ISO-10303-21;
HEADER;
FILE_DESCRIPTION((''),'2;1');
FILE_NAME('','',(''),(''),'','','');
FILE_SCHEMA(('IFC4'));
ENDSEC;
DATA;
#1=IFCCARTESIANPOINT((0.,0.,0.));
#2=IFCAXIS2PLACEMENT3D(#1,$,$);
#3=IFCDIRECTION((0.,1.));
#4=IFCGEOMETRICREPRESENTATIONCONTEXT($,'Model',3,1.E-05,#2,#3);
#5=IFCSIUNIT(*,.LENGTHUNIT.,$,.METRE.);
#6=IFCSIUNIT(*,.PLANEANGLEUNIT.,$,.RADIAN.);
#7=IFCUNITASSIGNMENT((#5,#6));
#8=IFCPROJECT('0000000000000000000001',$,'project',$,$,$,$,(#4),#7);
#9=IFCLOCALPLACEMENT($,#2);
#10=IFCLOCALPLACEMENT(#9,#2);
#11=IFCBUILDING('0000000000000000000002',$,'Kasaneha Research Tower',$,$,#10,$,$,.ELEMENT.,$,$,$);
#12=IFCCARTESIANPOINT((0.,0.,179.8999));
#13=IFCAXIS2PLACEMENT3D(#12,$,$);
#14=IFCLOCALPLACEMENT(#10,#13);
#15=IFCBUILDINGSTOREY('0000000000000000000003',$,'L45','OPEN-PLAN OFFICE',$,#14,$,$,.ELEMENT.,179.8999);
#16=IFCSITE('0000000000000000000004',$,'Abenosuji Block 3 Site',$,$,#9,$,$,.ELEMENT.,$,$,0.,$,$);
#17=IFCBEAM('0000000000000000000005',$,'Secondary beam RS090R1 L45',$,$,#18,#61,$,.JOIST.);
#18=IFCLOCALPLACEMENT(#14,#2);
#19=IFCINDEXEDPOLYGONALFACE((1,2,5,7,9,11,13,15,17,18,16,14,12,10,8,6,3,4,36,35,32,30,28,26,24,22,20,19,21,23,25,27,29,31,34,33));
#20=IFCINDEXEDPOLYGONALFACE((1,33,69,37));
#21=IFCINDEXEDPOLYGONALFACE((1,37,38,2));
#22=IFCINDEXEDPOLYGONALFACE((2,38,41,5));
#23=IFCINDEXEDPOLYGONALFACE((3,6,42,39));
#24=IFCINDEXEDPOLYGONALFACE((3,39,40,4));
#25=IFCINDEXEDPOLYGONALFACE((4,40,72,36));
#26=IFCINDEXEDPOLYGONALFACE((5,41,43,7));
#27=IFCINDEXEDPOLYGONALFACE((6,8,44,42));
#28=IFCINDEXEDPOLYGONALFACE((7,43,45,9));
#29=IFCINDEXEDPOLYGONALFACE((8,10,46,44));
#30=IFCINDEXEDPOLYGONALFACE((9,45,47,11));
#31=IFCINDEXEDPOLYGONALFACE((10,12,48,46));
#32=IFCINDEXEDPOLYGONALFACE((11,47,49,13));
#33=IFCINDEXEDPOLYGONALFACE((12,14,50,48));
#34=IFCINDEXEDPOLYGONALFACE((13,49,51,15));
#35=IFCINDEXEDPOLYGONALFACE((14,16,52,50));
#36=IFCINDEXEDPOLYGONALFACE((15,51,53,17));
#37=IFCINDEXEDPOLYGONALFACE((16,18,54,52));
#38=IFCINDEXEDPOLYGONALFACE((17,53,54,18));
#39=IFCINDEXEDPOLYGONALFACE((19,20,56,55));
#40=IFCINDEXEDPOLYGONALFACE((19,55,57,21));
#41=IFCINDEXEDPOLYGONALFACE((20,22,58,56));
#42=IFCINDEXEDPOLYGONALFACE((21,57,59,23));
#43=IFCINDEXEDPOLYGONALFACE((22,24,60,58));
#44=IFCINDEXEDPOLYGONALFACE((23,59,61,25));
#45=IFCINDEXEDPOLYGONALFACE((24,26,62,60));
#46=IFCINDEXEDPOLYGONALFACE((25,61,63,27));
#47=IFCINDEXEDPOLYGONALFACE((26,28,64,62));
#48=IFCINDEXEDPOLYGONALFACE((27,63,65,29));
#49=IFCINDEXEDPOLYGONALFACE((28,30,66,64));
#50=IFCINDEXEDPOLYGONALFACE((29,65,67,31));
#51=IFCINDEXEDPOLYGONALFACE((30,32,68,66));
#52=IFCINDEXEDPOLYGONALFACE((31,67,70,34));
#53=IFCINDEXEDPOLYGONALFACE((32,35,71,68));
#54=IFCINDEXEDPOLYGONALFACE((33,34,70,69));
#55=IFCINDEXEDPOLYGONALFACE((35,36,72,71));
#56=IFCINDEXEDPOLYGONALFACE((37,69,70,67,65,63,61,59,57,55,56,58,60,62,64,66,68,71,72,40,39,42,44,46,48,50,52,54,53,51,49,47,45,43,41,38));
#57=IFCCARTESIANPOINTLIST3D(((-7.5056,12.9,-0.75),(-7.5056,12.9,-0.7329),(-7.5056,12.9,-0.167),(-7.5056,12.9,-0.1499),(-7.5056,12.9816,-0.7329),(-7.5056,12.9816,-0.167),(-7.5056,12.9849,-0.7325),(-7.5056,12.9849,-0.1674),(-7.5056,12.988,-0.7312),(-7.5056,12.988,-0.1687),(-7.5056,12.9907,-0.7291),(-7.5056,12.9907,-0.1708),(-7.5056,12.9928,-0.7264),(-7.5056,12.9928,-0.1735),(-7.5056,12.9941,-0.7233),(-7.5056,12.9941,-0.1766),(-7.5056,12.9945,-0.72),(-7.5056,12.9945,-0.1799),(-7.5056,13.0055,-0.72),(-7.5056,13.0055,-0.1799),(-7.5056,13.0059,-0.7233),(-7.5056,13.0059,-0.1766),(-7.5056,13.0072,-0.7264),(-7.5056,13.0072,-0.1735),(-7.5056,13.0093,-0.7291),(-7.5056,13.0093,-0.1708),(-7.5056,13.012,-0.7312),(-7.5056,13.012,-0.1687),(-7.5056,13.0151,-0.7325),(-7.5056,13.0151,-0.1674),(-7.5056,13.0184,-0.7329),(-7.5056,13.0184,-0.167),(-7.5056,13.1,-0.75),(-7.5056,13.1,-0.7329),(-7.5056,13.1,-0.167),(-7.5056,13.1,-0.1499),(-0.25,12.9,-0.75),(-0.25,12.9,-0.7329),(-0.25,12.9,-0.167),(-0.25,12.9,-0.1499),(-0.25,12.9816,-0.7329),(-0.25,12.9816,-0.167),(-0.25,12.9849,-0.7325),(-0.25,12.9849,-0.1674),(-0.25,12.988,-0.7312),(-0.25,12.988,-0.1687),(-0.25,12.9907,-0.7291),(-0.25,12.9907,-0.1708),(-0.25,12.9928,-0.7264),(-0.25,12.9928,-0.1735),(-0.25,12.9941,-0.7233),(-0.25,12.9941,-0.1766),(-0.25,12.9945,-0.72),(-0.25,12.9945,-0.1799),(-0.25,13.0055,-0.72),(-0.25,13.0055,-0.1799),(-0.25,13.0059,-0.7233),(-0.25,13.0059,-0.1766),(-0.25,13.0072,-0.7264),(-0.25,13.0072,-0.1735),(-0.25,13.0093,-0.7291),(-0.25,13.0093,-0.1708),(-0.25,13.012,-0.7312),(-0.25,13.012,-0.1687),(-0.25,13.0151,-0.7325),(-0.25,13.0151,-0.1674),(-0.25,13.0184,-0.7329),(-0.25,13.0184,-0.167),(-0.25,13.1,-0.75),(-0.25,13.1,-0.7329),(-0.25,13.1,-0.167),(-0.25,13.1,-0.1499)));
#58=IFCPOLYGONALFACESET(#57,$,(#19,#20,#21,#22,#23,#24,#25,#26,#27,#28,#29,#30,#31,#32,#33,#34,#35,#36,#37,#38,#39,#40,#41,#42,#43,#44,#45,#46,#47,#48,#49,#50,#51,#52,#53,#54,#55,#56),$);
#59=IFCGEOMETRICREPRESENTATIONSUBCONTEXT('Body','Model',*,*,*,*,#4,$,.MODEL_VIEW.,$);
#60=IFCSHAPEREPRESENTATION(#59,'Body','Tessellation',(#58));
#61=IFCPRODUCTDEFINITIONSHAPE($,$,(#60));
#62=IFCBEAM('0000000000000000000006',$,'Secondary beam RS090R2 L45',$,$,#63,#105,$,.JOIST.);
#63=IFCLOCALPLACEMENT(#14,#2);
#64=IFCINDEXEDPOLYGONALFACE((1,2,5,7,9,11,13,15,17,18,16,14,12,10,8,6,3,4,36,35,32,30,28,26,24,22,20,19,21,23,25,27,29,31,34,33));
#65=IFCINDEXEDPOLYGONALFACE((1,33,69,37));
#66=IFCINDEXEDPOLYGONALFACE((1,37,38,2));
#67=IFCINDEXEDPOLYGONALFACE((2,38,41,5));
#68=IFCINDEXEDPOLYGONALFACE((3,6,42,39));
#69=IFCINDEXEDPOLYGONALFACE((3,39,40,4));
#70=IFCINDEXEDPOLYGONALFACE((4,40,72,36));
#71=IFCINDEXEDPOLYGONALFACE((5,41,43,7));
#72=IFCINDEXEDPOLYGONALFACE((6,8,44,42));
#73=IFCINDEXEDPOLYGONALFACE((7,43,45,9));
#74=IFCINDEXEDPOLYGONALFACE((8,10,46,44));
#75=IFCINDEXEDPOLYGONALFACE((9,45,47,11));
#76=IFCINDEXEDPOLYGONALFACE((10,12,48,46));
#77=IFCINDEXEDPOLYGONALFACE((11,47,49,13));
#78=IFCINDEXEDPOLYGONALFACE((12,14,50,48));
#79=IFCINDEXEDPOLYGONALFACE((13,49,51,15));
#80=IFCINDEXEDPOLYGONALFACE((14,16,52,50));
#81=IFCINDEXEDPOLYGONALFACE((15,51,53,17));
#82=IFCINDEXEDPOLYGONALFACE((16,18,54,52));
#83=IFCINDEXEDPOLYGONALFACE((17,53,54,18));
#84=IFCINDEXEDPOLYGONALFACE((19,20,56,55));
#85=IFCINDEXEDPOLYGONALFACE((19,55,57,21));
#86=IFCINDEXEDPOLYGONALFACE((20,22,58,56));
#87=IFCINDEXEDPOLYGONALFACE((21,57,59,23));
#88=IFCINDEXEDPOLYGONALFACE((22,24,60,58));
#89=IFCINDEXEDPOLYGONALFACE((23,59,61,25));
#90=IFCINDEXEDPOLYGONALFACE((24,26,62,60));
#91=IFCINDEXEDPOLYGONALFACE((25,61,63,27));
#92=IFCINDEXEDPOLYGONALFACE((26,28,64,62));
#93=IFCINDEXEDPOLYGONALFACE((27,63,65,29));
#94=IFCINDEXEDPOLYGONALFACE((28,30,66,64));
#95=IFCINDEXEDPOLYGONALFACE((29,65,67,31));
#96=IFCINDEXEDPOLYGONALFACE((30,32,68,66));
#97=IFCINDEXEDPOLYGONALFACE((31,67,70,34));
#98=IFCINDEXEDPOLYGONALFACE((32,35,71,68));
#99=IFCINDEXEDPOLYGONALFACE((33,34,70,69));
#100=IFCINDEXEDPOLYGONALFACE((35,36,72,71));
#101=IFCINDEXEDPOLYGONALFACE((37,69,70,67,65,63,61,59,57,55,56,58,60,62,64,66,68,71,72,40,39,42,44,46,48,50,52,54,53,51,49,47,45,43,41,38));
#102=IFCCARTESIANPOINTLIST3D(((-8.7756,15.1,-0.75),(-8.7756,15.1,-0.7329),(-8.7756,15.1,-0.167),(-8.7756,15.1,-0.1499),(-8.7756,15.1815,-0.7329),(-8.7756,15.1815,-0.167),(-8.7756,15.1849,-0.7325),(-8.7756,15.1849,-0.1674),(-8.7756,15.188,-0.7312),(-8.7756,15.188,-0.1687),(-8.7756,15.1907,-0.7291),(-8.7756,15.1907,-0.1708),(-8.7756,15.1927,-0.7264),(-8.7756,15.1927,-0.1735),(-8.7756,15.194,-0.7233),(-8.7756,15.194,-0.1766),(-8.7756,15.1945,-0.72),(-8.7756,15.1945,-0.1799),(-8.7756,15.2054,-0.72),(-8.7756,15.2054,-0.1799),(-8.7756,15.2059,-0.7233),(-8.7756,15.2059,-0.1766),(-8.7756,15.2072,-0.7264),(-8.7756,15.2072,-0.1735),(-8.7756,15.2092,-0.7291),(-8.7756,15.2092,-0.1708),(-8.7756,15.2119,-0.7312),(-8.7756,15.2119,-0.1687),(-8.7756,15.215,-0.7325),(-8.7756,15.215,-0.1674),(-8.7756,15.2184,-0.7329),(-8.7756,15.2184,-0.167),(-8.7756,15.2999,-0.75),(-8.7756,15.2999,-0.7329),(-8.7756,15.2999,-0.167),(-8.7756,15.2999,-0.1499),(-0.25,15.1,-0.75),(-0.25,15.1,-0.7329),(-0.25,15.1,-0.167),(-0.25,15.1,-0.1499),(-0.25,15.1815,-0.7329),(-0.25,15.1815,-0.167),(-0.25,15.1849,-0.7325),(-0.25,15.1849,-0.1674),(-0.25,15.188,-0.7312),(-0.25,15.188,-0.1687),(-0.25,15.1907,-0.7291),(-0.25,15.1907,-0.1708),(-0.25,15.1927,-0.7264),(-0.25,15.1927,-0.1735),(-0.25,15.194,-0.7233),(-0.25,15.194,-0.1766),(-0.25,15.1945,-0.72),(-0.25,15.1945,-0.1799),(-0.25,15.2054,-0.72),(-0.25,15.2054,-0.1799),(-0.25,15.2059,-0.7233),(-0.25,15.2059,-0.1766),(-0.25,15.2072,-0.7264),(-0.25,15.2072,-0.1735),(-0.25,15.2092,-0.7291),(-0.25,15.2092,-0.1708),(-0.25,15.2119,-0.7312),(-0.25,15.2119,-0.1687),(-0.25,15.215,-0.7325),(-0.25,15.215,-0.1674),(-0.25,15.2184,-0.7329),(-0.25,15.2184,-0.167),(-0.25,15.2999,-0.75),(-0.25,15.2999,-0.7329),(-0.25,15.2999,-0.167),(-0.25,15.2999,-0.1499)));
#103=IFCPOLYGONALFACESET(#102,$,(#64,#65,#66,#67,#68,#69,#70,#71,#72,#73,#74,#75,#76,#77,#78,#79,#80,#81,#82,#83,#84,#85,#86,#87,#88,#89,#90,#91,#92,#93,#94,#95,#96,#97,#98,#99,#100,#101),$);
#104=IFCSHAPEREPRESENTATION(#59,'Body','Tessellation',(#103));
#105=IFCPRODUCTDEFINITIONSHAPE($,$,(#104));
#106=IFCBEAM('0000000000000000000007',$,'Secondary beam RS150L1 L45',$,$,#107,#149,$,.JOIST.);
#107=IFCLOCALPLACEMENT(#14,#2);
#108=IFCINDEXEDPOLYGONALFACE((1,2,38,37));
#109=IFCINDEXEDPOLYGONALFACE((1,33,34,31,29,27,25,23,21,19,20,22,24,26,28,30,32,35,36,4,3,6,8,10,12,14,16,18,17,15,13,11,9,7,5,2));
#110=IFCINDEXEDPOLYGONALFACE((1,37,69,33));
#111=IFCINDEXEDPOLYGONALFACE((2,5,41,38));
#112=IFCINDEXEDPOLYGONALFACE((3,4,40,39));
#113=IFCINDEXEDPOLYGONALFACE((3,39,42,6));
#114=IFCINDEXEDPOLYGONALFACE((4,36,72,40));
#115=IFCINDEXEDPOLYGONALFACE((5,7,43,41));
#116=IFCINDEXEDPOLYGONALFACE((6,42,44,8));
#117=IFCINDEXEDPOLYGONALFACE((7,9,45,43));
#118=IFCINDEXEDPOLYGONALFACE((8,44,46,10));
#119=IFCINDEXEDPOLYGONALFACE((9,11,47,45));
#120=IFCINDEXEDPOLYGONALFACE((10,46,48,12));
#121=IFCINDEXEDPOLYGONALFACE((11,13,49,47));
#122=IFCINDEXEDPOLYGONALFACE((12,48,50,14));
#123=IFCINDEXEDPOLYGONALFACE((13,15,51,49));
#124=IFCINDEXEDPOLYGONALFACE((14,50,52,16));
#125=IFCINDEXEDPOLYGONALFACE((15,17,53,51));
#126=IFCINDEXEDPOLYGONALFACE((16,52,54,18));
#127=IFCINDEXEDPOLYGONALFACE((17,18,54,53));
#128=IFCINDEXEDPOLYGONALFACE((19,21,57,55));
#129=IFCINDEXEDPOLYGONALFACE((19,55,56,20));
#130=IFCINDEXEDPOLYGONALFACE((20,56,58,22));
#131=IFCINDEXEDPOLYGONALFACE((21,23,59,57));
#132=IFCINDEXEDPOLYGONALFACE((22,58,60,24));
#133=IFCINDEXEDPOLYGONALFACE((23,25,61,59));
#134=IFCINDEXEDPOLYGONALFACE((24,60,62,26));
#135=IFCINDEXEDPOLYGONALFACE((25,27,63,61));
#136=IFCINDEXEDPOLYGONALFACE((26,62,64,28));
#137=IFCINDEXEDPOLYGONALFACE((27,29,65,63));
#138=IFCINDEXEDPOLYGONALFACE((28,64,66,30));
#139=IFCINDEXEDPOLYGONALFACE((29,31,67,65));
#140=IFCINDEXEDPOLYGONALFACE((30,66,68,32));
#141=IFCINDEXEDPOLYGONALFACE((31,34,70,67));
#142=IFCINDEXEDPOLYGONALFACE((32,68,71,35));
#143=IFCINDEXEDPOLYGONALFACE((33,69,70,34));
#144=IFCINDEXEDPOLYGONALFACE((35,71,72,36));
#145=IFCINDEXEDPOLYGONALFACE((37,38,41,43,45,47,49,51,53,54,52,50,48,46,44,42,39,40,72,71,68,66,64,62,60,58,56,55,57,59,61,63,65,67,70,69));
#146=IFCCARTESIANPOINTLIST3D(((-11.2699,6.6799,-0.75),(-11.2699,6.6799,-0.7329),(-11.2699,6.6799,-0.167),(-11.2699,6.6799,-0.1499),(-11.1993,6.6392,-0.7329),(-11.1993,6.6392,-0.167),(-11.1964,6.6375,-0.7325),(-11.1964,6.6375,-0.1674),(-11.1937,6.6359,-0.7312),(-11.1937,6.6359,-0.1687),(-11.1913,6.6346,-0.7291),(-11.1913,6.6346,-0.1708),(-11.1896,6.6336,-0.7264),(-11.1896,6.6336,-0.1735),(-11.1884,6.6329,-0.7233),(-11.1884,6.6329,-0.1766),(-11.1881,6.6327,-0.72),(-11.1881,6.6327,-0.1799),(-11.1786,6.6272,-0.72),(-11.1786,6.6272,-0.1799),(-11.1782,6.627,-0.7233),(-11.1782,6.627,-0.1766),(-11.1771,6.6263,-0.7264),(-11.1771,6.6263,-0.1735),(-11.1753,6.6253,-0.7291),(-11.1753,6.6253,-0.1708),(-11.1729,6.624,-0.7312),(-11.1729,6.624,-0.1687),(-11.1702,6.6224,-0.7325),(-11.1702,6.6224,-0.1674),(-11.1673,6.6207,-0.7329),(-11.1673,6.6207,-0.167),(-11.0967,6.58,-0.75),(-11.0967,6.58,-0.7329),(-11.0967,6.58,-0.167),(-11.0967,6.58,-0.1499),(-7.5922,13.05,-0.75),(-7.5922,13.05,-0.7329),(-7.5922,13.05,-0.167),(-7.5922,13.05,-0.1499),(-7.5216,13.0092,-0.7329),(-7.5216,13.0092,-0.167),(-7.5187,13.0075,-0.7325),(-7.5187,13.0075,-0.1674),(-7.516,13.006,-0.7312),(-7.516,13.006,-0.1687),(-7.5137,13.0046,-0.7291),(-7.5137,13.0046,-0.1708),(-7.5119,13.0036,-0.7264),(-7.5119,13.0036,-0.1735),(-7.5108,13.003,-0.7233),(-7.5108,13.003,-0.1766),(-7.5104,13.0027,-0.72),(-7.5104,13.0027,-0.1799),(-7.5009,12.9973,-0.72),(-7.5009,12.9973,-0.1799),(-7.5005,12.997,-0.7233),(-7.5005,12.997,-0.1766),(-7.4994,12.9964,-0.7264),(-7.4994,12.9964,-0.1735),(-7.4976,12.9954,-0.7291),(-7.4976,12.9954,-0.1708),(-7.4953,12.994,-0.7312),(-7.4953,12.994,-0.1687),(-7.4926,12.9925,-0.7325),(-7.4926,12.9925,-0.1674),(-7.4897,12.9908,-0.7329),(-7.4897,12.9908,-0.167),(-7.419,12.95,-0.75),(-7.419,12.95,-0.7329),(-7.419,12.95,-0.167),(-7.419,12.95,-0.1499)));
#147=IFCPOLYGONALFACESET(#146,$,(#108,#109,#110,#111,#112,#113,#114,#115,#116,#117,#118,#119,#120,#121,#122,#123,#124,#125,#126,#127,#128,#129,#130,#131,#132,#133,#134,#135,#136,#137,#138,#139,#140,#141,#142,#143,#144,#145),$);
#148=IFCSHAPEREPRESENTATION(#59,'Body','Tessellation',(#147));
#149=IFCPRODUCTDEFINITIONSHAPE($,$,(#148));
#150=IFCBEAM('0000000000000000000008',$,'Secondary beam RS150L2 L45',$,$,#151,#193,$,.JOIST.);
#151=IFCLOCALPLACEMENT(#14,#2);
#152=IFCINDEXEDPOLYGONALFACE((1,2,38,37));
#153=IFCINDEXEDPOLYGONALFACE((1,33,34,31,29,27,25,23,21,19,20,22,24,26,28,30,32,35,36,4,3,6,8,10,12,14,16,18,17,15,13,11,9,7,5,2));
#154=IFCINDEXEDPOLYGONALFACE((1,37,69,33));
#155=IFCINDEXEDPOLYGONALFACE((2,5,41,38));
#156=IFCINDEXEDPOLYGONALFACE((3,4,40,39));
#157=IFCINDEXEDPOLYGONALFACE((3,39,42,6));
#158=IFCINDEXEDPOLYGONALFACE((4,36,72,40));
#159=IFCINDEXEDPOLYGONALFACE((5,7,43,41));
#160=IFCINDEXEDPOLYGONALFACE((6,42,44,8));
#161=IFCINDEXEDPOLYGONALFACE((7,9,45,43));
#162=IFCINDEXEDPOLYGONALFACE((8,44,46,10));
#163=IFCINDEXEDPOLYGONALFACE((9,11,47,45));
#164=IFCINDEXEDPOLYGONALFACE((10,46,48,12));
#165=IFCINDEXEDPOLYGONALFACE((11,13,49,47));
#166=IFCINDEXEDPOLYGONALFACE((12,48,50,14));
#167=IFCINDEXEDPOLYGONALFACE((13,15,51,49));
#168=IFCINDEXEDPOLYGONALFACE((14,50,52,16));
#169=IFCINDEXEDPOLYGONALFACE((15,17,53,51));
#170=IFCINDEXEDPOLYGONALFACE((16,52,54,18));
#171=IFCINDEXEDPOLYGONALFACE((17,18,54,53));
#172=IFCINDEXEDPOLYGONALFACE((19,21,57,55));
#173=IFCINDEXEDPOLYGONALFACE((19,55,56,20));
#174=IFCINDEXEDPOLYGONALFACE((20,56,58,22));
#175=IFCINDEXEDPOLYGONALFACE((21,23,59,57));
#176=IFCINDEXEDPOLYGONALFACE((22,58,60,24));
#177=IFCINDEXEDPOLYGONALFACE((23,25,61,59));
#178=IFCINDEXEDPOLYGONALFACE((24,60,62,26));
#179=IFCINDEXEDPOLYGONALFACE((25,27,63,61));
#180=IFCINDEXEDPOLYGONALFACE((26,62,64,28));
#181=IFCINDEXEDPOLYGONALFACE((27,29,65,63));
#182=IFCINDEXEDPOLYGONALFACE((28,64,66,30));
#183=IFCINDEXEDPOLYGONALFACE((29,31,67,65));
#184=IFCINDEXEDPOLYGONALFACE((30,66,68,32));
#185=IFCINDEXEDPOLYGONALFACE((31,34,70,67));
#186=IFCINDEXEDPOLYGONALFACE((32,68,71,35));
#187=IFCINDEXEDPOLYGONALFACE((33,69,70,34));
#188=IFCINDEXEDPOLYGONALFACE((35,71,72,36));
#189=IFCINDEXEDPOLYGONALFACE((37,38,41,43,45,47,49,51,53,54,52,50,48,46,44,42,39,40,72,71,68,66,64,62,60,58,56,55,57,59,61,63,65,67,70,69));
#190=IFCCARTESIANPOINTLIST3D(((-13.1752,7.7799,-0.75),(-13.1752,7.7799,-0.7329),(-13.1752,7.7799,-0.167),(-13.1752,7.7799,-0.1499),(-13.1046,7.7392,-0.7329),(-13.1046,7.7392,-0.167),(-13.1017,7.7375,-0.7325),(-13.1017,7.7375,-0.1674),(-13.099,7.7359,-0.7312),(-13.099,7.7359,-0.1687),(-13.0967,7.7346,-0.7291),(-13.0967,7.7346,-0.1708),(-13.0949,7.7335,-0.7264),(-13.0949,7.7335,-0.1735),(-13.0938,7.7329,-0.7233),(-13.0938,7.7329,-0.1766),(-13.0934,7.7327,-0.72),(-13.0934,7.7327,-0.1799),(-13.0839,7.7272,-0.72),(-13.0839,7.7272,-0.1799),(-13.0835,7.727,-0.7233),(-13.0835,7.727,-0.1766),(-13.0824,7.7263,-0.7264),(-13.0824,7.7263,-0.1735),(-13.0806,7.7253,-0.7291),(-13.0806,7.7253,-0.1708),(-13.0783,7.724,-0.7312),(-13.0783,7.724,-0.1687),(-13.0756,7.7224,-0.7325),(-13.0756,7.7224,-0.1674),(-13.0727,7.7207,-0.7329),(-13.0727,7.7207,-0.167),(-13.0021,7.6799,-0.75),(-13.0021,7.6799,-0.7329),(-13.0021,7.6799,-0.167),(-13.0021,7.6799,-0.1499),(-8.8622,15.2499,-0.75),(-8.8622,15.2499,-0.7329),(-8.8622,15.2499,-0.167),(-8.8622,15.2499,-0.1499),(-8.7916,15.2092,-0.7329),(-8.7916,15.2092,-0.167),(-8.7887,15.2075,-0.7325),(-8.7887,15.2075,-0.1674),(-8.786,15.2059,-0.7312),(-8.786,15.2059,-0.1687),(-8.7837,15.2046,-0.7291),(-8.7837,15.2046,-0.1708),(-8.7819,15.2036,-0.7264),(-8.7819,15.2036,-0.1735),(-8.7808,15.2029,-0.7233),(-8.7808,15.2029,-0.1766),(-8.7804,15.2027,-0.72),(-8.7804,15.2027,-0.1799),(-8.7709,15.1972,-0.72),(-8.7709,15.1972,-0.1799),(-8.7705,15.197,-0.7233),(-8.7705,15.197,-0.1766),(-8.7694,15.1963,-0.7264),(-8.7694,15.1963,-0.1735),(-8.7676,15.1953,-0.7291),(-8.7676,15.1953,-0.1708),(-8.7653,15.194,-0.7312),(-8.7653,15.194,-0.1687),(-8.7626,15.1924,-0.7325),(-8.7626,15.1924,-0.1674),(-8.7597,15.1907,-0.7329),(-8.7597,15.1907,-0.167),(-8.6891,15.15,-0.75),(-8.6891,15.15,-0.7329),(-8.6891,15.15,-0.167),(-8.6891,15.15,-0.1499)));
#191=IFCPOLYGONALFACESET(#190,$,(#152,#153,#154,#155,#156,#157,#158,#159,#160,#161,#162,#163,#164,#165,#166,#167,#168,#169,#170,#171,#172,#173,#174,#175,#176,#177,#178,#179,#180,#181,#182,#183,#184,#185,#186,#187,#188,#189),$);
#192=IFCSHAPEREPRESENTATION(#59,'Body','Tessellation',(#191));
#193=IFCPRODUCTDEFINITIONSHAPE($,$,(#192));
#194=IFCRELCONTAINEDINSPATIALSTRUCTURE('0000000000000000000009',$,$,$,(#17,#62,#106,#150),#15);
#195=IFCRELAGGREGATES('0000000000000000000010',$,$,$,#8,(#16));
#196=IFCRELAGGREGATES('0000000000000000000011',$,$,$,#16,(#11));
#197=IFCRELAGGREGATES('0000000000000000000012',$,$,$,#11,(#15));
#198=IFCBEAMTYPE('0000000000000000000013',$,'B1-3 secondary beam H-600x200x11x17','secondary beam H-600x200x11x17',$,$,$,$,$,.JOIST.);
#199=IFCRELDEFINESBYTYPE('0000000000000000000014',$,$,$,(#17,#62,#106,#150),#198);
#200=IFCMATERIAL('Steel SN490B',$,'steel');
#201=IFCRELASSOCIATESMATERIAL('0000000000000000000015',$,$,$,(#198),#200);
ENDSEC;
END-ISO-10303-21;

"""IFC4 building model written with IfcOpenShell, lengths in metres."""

from ifc_helpers import new_model, si_unit, direction, frame, origin, origin_2d, place, context, subcontext, project, spatial, i_section, extrude, material, material_profile, profile_set, type_object, element, save


model = new_model("IFC4")

# Units and contexts
model_context = context("Model", 3, precision=1e-05, world=origin(), true_north=direction((0.0, 1.0)))
body_context = subcontext(model_context, "Body", "Model", "MODEL_VIEW")
ifc_project = project(units=[si_unit("LENGTHUNIT", "METRE"), si_unit("PLANEANGLEUNIT", "RADIAN")], contexts=[model_context])

# Site, building, storey
site_placement = place(None, origin())
site = spatial("IfcSite", under=ifc_project, at=site_placement, Name="Abenosuji Block 3 Site", CompositionType="ELEMENT", RefElevation=0.0)
building_placement = place(site_placement, origin())
building = spatial("IfcBuilding", under=site, at=building_placement, Name="Kasaneha Research Tower", CompositionType="ELEMENT")
storey_placement = place(building_placement, frame((0.0, 0.0, 179.8999)))
storey = spatial("IfcBuildingStorey", under=building, at=storey_placement, Name="L45", Description="OPEN-PLAN OFFICE", CompositionType="ELEMENT", Elevation=179.8999)

# Beams
ifc_material_1 = material(Name="Steel SN490B", Category="steel")
ifc_material_profile_1 = material_profile(ifc_material_1, i_section(OverallWidth=0.2, OverallDepth=0.6001, WebThickness=0.011, FlangeThickness=0.0171, FilletRadius=0.0129, at=origin_2d()), Name="H-600x200x11x17")
ifc_profile_set_1 = profile_set([ifc_material_profile_1], Name="Steel SN490B")
beam_type_1 = type_object("IfcBeamType", Name="B1-3 secondary beam H-600x200x11x17", Description="secondary beam H-600x200x11x17", PredefinedType="JOIST", material=ifc_profile_set_1)
beam_1_placement = place(storey_placement, frame((-7.5056, 13.0, -0.45), z_axis=(1.0, 0.0, 0.0), x_axis=(0.0, 1.0, 0.0)))
element("IfcBeam", 1, at=beam_1_placement, inside=storey, type_object=beam_type_1, Name="Secondary beam RS090R1 L45", PredefinedType="JOIST", context=body_context, shape_type="SweptSolid", body=[
    extrude(i_section(OverallWidth=0.2, OverallDepth=0.6001, WebThickness=0.011, FlangeThickness=0.0171, FilletRadius=0.0129, at=origin_2d()), origin(), (0.0, 0.0, 1.0), 7.2556),
])
beam_2_placement = place(storey_placement, frame((-8.7756, 15.2, -0.45), z_axis=(1.0, 0.0, 0.0), x_axis=(0.0, 1.0, 0.0)))
element("IfcBeam", 2, at=beam_2_placement, inside=storey, type_object=beam_type_1, Name="Secondary beam RS090R2 L45", PredefinedType="JOIST", context=body_context, shape_type="SweptSolid", body=[
    extrude(i_section(OverallWidth=0.2, OverallDepth=0.6001, WebThickness=0.011, FlangeThickness=0.0171, FilletRadius=0.0129, at=origin_2d()), origin(), (0.0, 0.0, 1.0), 8.5256),
])
beam_3_placement = place(storey_placement, frame((-7.5056, 13.0, -0.45), z_axis=(-0.499994, -0.866029, 0.0), x_axis=(0.866029, -0.499994, 0.0)))
element("IfcBeam", 3, at=beam_3_placement, inside=storey, type_object=beam_type_1, Name="Secondary beam RS150L1 L45", PredefinedType="JOIST", context=body_context, shape_type="SweptSolid", body=[
    extrude(i_section(OverallWidth=0.2, OverallDepth=0.6001, WebThickness=0.011, FlangeThickness=0.0171, FilletRadius=0.0129, at=origin_2d()), origin(), (0.0, 0.0, 1.0), 7.3555),
])
beam_4_placement = place(storey_placement, frame((-8.7756, 15.2, -0.45), z_axis=(-0.500017, -0.866015, 0.0), x_axis=(0.866015, -0.500017, 0.0)))
element("IfcBeam", 4, at=beam_4_placement, inside=storey, type_object=beam_type_1, Name="Secondary beam RS150L2 L45", PredefinedType="JOIST", context=body_context, shape_type="SweptSolid", body=[
    extrude(i_section(OverallWidth=0.2, OverallDepth=0.6001, WebThickness=0.011, FlangeThickness=0.0171, FilletRadius=0.0129, at=origin_2d()), origin(), (0.0, 0.0, 1.0), 8.6257),
])

save(model, "model.ifc")
